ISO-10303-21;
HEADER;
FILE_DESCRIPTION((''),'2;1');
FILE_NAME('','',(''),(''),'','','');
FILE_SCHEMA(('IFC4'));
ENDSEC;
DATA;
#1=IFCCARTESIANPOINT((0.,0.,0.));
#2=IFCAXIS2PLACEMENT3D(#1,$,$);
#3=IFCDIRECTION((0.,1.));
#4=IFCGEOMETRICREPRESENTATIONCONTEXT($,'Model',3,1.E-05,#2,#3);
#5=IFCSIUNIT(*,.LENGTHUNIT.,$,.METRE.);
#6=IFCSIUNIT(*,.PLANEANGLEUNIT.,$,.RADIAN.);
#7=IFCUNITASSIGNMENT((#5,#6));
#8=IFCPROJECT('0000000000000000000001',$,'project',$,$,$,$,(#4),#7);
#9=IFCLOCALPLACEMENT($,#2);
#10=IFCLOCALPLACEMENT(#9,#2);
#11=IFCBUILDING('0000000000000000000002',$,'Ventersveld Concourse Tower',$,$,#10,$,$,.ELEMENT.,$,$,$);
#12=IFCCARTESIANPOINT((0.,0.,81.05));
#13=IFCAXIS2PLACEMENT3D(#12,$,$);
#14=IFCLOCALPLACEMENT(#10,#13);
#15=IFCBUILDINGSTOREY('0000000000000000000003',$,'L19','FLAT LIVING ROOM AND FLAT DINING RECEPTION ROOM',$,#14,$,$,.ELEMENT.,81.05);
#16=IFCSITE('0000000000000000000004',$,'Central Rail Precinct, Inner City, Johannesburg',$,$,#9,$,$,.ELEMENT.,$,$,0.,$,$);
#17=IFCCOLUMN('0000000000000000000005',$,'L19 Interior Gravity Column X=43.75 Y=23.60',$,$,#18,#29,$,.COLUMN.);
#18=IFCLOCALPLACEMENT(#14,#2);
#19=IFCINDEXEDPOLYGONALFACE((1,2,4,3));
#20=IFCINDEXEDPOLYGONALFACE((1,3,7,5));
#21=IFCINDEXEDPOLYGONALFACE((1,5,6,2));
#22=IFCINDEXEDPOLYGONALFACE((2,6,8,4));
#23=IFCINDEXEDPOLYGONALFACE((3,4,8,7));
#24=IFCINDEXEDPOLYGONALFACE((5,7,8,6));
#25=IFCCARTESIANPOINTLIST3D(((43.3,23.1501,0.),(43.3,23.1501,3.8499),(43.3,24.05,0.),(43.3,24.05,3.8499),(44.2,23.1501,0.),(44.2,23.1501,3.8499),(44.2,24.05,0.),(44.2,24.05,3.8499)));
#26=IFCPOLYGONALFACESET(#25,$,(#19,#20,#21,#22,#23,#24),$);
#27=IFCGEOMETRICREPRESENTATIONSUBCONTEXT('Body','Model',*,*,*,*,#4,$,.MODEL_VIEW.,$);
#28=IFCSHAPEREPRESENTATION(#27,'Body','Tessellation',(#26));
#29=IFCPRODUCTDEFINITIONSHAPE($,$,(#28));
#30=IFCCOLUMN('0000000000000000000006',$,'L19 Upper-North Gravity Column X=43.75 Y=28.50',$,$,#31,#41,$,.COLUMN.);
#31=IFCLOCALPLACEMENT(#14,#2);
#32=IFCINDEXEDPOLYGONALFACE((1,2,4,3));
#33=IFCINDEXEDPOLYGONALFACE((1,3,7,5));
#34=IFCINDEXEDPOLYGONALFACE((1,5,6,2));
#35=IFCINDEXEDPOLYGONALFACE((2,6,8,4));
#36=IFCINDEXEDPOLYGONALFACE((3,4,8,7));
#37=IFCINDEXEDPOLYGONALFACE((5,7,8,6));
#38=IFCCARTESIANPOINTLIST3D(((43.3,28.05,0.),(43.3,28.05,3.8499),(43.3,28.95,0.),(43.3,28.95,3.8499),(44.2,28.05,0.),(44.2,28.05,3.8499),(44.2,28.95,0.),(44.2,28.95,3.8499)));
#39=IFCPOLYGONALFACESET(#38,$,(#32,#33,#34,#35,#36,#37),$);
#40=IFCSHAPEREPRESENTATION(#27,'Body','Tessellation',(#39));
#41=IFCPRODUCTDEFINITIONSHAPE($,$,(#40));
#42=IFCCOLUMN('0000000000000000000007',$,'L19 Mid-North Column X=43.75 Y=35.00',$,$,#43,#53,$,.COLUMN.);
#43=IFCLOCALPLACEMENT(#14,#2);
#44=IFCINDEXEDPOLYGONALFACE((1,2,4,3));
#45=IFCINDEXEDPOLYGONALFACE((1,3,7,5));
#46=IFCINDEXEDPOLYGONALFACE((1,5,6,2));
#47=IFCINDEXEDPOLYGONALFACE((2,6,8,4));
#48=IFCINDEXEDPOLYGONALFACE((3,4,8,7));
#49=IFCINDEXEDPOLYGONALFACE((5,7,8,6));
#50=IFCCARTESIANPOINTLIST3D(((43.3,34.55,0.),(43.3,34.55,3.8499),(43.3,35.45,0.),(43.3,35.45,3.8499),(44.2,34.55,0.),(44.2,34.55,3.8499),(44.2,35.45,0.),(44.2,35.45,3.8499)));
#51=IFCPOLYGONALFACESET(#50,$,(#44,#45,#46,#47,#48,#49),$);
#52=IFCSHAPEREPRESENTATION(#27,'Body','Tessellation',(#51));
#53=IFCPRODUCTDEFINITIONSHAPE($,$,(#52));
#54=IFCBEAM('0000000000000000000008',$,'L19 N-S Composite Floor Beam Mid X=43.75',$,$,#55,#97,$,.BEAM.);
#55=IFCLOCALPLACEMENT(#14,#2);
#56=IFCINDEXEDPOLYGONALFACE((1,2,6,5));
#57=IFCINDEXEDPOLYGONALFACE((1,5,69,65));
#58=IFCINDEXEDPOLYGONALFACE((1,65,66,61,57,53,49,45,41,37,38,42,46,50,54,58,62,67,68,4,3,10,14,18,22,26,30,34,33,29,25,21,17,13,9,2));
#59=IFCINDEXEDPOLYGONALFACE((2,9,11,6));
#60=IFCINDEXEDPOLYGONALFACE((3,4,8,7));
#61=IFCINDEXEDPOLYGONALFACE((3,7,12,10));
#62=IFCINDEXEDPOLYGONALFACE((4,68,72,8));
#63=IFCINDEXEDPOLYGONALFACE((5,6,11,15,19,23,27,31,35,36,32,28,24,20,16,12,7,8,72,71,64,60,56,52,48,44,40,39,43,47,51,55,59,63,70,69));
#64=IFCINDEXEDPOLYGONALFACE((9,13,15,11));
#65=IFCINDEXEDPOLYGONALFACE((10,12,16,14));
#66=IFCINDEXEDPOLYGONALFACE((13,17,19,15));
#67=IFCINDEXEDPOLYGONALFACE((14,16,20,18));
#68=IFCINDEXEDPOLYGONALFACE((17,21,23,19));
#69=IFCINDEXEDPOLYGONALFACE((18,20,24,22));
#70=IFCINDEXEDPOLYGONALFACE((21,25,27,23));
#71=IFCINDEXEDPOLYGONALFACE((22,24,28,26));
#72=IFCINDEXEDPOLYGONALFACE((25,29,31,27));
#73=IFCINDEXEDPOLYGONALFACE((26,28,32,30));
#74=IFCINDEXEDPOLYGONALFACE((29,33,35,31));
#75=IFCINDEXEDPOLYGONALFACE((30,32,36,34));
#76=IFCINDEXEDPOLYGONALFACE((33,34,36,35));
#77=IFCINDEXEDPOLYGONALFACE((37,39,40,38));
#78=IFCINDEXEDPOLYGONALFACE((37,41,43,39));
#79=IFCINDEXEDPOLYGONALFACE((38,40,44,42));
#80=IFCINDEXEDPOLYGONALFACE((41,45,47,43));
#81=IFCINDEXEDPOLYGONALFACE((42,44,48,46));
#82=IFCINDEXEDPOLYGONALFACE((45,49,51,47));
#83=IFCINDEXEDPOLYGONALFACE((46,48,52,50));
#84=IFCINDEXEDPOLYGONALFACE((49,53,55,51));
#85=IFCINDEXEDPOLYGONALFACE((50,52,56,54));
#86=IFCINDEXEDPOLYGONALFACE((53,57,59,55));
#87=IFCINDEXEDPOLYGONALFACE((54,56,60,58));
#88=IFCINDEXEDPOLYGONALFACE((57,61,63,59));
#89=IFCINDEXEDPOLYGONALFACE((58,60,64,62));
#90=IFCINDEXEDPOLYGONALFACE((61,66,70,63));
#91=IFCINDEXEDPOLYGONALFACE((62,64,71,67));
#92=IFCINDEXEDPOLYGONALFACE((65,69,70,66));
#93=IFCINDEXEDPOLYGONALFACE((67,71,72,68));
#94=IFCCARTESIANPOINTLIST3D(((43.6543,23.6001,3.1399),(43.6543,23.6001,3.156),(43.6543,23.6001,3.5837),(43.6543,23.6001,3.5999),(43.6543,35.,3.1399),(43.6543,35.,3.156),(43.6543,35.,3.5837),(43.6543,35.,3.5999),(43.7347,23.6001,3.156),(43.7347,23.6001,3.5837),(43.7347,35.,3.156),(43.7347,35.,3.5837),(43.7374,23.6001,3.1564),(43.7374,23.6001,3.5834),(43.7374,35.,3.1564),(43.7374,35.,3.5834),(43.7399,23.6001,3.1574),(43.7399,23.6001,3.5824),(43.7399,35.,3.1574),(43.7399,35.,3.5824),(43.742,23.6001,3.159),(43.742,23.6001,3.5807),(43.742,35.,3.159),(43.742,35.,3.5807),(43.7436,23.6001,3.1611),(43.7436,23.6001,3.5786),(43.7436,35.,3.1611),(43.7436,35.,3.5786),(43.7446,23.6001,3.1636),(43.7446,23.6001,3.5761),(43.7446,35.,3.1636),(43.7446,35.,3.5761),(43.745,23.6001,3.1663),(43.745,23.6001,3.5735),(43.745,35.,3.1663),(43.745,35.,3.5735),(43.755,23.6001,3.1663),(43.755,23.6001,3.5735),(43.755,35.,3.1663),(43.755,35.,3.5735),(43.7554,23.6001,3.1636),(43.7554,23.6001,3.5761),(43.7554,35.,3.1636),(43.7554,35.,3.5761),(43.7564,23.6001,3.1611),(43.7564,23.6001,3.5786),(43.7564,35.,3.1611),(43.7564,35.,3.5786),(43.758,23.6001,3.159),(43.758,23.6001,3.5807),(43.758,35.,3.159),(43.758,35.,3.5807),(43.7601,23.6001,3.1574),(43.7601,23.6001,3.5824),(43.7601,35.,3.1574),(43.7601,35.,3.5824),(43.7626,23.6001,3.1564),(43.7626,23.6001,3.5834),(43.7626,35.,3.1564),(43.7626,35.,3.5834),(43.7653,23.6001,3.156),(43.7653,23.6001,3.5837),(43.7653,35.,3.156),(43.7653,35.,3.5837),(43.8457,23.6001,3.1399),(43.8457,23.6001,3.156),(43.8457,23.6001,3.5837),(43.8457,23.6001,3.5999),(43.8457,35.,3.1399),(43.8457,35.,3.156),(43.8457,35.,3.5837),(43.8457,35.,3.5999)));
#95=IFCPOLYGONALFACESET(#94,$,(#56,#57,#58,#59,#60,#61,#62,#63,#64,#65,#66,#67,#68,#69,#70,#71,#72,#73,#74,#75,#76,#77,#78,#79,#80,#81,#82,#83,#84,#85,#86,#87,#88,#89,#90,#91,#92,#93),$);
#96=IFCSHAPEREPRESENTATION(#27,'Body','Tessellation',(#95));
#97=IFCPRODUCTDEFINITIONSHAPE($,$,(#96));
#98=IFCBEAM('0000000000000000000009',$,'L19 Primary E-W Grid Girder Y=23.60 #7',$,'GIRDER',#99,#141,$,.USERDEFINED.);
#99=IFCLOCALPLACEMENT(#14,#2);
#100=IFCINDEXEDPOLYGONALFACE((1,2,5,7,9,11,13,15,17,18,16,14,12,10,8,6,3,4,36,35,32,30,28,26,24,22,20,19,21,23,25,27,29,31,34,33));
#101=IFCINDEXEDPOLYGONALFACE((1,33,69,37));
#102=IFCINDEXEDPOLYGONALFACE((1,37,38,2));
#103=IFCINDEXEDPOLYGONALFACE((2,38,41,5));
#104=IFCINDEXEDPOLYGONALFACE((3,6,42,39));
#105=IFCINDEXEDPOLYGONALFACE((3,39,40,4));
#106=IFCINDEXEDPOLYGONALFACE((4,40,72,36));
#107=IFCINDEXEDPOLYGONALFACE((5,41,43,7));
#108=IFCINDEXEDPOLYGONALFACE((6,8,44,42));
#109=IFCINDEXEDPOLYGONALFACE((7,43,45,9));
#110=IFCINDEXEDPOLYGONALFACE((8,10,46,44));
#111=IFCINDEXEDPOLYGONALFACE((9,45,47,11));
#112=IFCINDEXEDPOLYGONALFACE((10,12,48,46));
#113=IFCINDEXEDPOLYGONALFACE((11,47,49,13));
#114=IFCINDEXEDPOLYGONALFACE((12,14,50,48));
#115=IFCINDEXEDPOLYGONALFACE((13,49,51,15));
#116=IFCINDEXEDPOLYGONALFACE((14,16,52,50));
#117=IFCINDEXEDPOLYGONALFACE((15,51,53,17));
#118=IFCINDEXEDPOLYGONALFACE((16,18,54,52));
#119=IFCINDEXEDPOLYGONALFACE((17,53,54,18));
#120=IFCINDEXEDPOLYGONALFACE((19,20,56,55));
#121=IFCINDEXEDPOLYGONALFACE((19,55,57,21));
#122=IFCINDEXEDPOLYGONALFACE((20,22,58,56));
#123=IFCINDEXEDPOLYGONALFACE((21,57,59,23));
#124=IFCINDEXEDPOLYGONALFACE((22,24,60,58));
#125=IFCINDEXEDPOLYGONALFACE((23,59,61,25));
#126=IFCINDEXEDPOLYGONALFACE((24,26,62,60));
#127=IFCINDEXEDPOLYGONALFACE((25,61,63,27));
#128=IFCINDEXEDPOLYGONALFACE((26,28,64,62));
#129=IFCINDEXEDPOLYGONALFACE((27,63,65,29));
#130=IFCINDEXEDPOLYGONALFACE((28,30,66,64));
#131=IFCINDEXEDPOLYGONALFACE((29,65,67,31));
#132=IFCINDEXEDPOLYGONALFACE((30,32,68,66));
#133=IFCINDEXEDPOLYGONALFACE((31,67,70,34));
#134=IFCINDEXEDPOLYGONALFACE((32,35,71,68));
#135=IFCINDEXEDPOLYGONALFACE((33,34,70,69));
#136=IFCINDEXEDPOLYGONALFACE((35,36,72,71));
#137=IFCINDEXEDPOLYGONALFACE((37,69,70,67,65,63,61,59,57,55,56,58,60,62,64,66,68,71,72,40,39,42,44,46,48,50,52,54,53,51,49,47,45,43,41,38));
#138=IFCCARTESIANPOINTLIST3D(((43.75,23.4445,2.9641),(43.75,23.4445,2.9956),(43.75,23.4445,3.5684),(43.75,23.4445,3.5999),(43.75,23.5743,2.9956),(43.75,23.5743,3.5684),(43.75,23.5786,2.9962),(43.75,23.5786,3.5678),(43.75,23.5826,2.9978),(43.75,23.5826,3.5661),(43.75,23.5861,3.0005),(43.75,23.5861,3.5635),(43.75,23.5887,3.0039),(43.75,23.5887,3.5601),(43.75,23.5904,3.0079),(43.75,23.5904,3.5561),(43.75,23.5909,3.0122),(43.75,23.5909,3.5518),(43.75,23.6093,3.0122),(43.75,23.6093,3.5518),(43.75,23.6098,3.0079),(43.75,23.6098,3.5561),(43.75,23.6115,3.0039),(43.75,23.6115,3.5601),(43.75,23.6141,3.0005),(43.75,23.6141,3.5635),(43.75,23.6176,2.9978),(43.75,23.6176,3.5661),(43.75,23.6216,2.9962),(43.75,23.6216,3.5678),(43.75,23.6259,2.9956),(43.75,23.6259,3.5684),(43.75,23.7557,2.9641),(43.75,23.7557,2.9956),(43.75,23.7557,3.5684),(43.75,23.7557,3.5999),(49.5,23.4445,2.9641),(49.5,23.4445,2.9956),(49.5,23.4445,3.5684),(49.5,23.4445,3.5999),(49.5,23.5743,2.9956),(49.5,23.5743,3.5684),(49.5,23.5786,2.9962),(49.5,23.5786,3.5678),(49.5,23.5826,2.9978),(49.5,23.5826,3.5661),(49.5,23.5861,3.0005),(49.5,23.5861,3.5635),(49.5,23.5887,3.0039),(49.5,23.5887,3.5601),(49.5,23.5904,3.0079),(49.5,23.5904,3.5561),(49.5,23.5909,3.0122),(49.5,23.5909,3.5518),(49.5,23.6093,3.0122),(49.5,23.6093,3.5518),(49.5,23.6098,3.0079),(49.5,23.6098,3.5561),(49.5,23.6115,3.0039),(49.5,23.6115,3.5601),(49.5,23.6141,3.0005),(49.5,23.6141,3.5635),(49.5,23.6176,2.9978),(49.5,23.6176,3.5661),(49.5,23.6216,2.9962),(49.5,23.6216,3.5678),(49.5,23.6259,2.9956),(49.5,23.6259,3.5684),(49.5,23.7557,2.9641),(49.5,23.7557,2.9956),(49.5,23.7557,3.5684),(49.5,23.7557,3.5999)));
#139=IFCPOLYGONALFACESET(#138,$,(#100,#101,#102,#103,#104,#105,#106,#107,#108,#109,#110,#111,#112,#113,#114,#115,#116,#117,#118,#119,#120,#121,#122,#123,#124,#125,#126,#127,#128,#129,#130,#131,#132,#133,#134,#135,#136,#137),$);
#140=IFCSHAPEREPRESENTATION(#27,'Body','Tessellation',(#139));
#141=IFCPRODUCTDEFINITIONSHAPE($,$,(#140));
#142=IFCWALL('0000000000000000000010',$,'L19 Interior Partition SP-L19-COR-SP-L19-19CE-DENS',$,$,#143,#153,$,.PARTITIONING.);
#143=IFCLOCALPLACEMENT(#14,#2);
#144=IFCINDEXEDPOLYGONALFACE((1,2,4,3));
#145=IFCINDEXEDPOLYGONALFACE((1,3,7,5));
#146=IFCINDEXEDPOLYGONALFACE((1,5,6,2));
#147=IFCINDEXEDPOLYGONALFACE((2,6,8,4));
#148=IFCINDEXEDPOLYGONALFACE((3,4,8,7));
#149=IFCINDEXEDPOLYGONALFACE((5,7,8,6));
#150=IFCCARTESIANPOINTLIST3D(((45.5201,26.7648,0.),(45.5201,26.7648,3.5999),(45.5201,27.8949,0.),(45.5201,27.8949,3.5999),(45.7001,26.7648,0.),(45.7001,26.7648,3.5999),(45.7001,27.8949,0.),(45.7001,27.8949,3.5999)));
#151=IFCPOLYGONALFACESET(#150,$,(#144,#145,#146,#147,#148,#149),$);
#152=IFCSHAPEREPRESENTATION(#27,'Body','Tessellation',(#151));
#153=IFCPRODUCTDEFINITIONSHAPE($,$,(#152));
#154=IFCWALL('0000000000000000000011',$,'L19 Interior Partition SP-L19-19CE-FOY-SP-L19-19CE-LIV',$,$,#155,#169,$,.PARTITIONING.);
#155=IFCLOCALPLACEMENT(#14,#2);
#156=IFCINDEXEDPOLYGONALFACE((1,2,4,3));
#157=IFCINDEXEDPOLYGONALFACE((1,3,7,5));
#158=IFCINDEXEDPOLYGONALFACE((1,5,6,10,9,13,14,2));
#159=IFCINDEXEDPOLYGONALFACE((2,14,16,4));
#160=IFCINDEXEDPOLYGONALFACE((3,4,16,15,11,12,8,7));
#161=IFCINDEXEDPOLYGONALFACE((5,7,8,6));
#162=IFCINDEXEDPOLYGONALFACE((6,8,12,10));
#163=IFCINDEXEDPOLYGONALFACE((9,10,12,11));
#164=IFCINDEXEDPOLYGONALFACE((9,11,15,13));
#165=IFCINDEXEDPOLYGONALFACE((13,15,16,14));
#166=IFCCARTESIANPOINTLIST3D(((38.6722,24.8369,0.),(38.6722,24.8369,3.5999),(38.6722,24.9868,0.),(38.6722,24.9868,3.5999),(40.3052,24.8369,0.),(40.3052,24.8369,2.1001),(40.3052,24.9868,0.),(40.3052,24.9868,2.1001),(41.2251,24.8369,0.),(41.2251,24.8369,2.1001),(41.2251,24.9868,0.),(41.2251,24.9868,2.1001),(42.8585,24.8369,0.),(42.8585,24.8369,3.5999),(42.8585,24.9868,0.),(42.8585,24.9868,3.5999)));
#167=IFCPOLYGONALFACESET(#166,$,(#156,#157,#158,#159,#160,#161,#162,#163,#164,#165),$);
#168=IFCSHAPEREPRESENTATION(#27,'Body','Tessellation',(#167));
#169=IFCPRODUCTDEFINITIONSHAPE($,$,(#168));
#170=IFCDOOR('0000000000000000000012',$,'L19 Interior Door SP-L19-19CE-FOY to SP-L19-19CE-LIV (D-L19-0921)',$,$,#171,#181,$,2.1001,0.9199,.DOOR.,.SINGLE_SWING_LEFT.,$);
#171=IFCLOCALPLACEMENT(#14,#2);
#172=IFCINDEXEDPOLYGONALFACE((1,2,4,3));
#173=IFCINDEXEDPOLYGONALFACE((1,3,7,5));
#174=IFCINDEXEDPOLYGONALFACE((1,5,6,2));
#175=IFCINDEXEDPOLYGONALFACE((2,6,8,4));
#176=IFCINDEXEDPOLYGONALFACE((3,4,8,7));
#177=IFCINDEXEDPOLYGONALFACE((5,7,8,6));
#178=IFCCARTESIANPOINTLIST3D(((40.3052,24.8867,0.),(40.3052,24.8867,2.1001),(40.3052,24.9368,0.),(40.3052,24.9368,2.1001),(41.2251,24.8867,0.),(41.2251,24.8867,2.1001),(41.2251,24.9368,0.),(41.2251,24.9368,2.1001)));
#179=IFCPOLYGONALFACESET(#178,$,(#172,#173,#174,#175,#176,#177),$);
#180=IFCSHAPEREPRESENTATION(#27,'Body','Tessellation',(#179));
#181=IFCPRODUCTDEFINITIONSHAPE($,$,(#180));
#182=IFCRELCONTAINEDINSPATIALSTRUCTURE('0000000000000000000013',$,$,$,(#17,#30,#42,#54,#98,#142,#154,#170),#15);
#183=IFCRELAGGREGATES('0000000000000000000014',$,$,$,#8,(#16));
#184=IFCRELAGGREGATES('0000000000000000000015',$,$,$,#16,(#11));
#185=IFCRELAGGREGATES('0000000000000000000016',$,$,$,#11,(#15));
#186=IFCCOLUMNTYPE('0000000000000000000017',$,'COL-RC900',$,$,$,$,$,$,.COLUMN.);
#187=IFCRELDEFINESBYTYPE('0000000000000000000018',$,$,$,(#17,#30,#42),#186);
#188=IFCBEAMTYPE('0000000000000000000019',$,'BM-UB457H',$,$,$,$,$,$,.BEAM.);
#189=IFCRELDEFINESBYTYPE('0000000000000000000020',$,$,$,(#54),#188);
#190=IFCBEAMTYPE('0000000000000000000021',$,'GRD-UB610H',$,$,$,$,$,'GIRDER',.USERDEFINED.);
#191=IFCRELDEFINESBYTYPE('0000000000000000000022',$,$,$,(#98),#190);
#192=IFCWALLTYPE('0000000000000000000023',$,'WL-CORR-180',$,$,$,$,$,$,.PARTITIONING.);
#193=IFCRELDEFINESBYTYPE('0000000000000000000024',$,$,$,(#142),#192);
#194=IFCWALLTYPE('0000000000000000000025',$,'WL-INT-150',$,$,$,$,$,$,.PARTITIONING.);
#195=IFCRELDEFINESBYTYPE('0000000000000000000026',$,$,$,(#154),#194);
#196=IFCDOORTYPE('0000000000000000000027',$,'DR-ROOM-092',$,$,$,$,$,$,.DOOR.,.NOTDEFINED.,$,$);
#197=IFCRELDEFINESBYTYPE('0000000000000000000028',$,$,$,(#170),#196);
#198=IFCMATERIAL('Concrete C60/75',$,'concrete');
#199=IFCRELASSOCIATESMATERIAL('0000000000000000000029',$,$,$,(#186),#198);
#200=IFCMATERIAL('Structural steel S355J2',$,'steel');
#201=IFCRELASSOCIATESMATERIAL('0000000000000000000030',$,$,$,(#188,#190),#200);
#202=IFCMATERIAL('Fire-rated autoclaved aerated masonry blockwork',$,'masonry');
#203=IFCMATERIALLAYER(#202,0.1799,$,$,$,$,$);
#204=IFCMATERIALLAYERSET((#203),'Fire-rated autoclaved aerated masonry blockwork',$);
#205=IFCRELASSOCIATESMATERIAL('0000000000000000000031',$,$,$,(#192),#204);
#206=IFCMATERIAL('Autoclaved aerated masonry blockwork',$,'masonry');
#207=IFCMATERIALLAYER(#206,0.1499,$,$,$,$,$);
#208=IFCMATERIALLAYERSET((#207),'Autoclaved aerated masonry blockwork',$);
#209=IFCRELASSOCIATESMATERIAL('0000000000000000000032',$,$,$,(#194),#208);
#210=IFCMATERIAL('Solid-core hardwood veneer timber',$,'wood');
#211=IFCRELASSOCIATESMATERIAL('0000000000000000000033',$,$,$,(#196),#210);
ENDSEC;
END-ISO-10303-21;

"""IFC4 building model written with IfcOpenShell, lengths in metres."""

from ifc_helpers import new_model, si_unit, direction, frame, frame_2d, origin, origin_2d, place, context, subcontext, project, spatial, rectangle, i_section, extrude, material, layer, layer_set, material_profile, profile_set, type_object, element, fill, save


model = new_model("IFC4")

# Units and contexts
model_context = context("Model", 3, precision=1e-05, world=origin(), true_north=direction((0.0, 1.0)))
body_context = subcontext(model_context, "Body", "Model", "MODEL_VIEW")
ifc_project = project(units=[si_unit("LENGTHUNIT", "METRE"), si_unit("PLANEANGLEUNIT", "RADIAN")], contexts=[model_context])

# Site, building, storey
site_placement = place(None, origin())
site = spatial("IfcSite", under=ifc_project, at=site_placement, Name="Central Rail Precinct, Inner City, Johannesburg", CompositionType="ELEMENT", RefElevation=0.0)
building_placement = place(site_placement, origin())
building = spatial("IfcBuilding", under=site, at=building_placement, Name="Ventersveld Concourse Tower", CompositionType="ELEMENT")
storey_placement = place(building_placement, frame((0.0, 0.0, 81.05)))
storey = spatial("IfcBuildingStorey", under=building, at=storey_placement, Name="L19", Description="FLAT LIVING ROOM AND FLAT DINING RECEPTION ROOM", CompositionType="ELEMENT", Elevation=81.05)

# Columns
ifc_material_1 = material(Name="Concrete C60/75", Category="concrete")
ifc_material_profile_1 = material_profile(ifc_material_1, rectangle(XDim=0.8999, YDim=0.8999, at=origin_2d()), Name="RC 900x900")
ifc_profile_set_1 = profile_set([ifc_material_profile_1], Name="Concrete C60/75")
column_type = type_object("IfcColumnType", Name="COL-RC900", PredefinedType="COLUMN", material=ifc_profile_set_1)
for number, where, z_axis, x_axis, name in (
    (1, (43.75, 23.6001, 0.0), (0.0, 0.0, 1.0), (1.0, 0.0, 0.0), "L19 Interior Gravity Column X=43.75 Y=23.60"),
    (2, (43.75, 28.5, 0.0), (0.0, 0.0, 1.0), (1.0, 0.0, 0.0), "L19 Upper-North Gravity Column X=43.75 Y=28.50"),
    (3, (43.75, 35.0, 0.0), (0.0, 0.0, 1.0), (1.0, 0.0, 0.0), "L19 Mid-North Column X=43.75 Y=35.00"),
):
    element("IfcColumn", number, at=place(storey_placement, frame(where, z_axis=z_axis, x_axis=x_axis)), inside=storey, type_object=column_type, Name=name, PredefinedType="COLUMN", context=body_context, shape_type="SweptSolid", body=[
        extrude(rectangle(XDim=0.8999, YDim=0.8999, at=origin_2d()), origin(), (0.0, 0.0, 1.0), 3.8499),
    ])

# Beams
ifc_material_2 = material(Name="Structural steel S355J2", Category="steel")
ifc_material_profile_2 = material_profile(ifc_material_2, i_section(OverallWidth=0.1914, OverallDepth=0.46, WebThickness=0.01, FlangeThickness=0.0161, FilletRadius=0.0103, at=origin_2d()), Name="UB 457x191x82")
ifc_profile_set_2 = profile_set([ifc_material_profile_2], Name="Structural steel S355J2")
beam_type_1 = type_object("IfcBeamType", Name="BM-UB457H", PredefinedType="BEAM", material=ifc_profile_set_2)
beam_1_placement = place(storey_placement, frame((43.75, 23.6001, 3.3699), z_axis=(0.0, 1.0, 0.0), x_axis=(-1.0, 0.0, 0.0)))
element("IfcBeam", 4, at=beam_1_placement, inside=storey, type_object=beam_type_1, Name="L19 N-S Composite Floor Beam Mid X=43.75", PredefinedType="BEAM", context=body_context, shape_type="SweptSolid", body=[
    extrude(i_section(OverallWidth=0.1914, OverallDepth=0.46, WebThickness=0.01, FlangeThickness=0.0161, FilletRadius=0.0103, at=origin_2d()), origin(), (0.0, 0.0, 1.0), 11.3999),
])
ifc_material_profile_3 = material_profile(ifc_material_2, i_section(OverallWidth=0.3113, OverallDepth=0.6357, WebThickness=0.0183, FlangeThickness=0.0315, FilletRadius=0.0166, at=origin_2d()), Name="UB 610x305x238")
ifc_profile_set_3 = profile_set([ifc_material_profile_3], Name="Structural steel S355J2")
beam_type_2 = type_object("IfcBeamType", Name="GRD-UB610H", ElementType="GIRDER", PredefinedType="USERDEFINED", material=ifc_profile_set_3)
beam_2_placement = place(storey_placement, frame((43.75, 23.6001, 3.282), z_axis=(1.0, 0.0, 0.0), x_axis=(0.0, 1.0, 0.0)))
element("IfcBeam", 5, at=beam_2_placement, inside=storey, type_object=beam_type_2, Name="L19 Primary E-W Grid Girder Y=23.60 #7", ObjectType="GIRDER", PredefinedType="USERDEFINED", context=body_context, shape_type="SweptSolid", body=[
    extrude(i_section(OverallWidth=0.3113, OverallDepth=0.6357, WebThickness=0.0183, FlangeThickness=0.0315, FilletRadius=0.0166, at=origin_2d()), origin(), (0.0, 0.0, 1.0), 5.75),
])

# Wall
ifc_material_3 = material(Name="Fire-rated autoclaved aerated masonry blockwork", Category="masonry")
ifc_layer_1 = layer(ifc_material_3, 0.1799)
ifc_layer_set_1 = layer_set([ifc_layer_1], Name="Fire-rated autoclaved aerated masonry blockwork")
wall_type_1 = type_object("IfcWallType", Name="WL-CORR-180", PredefinedType="PARTITIONING", material=ifc_layer_set_1)
wall_1_placement = place(storey_placement, frame((45.6101, 26.7649, 0.0), z_axis=(0.0, 0.0, 1.0), x_axis=(0.0, 1.0, 0.0)))
element("IfcWall", 6, at=wall_1_placement, inside=storey, type_object=wall_type_1, Name="L19 Interior Partition SP-L19-COR-SP-L19-19CE-DENS", PredefinedType="PARTITIONING", context=body_context, shape_type="SweptSolid", body=[
    extrude(rectangle(XDim=1.1301, YDim=0.1799, at=frame_2d((0.5649, 0.0))), origin(), (0.0, 0.0, 1.0), 3.5999),
])

# Wall, opening, door
ifc_material_4 = material(Name="Autoclaved aerated masonry blockwork", Category="masonry")
ifc_layer_2 = layer(ifc_material_4, 0.1499)
ifc_layer_set_2 = layer_set([ifc_layer_2], Name="Autoclaved aerated masonry blockwork")
wall_type_2 = type_object("IfcWallType", Name="WL-INT-150", PredefinedType="PARTITIONING", material=ifc_layer_set_2)
wall_2_placement = place(storey_placement, frame((38.6721, 24.9119, 0.0), z_axis=(0.0, 0.0, 1.0), x_axis=(1.0, 0.0, 0.0)))
wall_2 = element("IfcWall", 7, at=wall_2_placement, inside=storey, type_object=wall_type_2, Name="L19 Interior Partition SP-L19-19CE-FOY-SP-L19-19CE-LIV", PredefinedType="PARTITIONING", context=body_context, shape_type="SweptSolid", body=[
    extrude(rectangle(XDim=4.1863, YDim=0.1499, at=frame_2d((2.0933, 0.0))), origin(), (0.0, 0.0, 1.0), 3.5999),
])
opening_1_placement = place(wall_2_placement, frame((1.6331, 0.0, 0.0)))
opening_1 = element("IfcOpeningElement", 8, at=opening_1_placement, cuts=wall_2, PredefinedType="OPENING", context=body_context, shape_type="SweptSolid", body=[
    extrude(rectangle(XDim=0.9199, YDim=2.1001, at=frame_2d((0.46, 1.05))), frame((0.0, 0.085, 0.0), z_axis=(0.0, -1.0, 0.0), x_axis=(1.0, 0.0, 0.0)), (0.0, 0.0, 1.0), 0.1699),
])
ifc_material_5 = material(Name="Solid-core hardwood veneer timber", Category="wood")
door_type = type_object("IfcDoorType", Name="DR-ROOM-092", OperationType="NOTDEFINED", PredefinedType="DOOR", material=ifc_material_5)
door_1_placement = place(opening_1_placement, origin())
door_1 = element("IfcDoor", 9, at=door_1_placement, inside=storey, type_object=door_type, Name="L19 Interior Door SP-L19-19CE-FOY to SP-L19-19CE-LIV (D-L19-0921)", OperationType="SINGLE_SWING_LEFT", OverallHeight=2.1001, OverallWidth=0.9199, PredefinedType="DOOR", context=body_context, shape_type="SweptSolid", body=[
    extrude(rectangle(XDim=0.9199, YDim=2.1001, at=frame_2d((0.46, 1.05))), frame((0.0, 0.0249, 0.0), z_axis=(0.0, -1.0, 0.0), x_axis=(1.0, 0.0, 0.0)), (0.0, 0.0, 1.0), 0.05),
])
fill(opening_1, door_1)

save(model, "model.ifc")
